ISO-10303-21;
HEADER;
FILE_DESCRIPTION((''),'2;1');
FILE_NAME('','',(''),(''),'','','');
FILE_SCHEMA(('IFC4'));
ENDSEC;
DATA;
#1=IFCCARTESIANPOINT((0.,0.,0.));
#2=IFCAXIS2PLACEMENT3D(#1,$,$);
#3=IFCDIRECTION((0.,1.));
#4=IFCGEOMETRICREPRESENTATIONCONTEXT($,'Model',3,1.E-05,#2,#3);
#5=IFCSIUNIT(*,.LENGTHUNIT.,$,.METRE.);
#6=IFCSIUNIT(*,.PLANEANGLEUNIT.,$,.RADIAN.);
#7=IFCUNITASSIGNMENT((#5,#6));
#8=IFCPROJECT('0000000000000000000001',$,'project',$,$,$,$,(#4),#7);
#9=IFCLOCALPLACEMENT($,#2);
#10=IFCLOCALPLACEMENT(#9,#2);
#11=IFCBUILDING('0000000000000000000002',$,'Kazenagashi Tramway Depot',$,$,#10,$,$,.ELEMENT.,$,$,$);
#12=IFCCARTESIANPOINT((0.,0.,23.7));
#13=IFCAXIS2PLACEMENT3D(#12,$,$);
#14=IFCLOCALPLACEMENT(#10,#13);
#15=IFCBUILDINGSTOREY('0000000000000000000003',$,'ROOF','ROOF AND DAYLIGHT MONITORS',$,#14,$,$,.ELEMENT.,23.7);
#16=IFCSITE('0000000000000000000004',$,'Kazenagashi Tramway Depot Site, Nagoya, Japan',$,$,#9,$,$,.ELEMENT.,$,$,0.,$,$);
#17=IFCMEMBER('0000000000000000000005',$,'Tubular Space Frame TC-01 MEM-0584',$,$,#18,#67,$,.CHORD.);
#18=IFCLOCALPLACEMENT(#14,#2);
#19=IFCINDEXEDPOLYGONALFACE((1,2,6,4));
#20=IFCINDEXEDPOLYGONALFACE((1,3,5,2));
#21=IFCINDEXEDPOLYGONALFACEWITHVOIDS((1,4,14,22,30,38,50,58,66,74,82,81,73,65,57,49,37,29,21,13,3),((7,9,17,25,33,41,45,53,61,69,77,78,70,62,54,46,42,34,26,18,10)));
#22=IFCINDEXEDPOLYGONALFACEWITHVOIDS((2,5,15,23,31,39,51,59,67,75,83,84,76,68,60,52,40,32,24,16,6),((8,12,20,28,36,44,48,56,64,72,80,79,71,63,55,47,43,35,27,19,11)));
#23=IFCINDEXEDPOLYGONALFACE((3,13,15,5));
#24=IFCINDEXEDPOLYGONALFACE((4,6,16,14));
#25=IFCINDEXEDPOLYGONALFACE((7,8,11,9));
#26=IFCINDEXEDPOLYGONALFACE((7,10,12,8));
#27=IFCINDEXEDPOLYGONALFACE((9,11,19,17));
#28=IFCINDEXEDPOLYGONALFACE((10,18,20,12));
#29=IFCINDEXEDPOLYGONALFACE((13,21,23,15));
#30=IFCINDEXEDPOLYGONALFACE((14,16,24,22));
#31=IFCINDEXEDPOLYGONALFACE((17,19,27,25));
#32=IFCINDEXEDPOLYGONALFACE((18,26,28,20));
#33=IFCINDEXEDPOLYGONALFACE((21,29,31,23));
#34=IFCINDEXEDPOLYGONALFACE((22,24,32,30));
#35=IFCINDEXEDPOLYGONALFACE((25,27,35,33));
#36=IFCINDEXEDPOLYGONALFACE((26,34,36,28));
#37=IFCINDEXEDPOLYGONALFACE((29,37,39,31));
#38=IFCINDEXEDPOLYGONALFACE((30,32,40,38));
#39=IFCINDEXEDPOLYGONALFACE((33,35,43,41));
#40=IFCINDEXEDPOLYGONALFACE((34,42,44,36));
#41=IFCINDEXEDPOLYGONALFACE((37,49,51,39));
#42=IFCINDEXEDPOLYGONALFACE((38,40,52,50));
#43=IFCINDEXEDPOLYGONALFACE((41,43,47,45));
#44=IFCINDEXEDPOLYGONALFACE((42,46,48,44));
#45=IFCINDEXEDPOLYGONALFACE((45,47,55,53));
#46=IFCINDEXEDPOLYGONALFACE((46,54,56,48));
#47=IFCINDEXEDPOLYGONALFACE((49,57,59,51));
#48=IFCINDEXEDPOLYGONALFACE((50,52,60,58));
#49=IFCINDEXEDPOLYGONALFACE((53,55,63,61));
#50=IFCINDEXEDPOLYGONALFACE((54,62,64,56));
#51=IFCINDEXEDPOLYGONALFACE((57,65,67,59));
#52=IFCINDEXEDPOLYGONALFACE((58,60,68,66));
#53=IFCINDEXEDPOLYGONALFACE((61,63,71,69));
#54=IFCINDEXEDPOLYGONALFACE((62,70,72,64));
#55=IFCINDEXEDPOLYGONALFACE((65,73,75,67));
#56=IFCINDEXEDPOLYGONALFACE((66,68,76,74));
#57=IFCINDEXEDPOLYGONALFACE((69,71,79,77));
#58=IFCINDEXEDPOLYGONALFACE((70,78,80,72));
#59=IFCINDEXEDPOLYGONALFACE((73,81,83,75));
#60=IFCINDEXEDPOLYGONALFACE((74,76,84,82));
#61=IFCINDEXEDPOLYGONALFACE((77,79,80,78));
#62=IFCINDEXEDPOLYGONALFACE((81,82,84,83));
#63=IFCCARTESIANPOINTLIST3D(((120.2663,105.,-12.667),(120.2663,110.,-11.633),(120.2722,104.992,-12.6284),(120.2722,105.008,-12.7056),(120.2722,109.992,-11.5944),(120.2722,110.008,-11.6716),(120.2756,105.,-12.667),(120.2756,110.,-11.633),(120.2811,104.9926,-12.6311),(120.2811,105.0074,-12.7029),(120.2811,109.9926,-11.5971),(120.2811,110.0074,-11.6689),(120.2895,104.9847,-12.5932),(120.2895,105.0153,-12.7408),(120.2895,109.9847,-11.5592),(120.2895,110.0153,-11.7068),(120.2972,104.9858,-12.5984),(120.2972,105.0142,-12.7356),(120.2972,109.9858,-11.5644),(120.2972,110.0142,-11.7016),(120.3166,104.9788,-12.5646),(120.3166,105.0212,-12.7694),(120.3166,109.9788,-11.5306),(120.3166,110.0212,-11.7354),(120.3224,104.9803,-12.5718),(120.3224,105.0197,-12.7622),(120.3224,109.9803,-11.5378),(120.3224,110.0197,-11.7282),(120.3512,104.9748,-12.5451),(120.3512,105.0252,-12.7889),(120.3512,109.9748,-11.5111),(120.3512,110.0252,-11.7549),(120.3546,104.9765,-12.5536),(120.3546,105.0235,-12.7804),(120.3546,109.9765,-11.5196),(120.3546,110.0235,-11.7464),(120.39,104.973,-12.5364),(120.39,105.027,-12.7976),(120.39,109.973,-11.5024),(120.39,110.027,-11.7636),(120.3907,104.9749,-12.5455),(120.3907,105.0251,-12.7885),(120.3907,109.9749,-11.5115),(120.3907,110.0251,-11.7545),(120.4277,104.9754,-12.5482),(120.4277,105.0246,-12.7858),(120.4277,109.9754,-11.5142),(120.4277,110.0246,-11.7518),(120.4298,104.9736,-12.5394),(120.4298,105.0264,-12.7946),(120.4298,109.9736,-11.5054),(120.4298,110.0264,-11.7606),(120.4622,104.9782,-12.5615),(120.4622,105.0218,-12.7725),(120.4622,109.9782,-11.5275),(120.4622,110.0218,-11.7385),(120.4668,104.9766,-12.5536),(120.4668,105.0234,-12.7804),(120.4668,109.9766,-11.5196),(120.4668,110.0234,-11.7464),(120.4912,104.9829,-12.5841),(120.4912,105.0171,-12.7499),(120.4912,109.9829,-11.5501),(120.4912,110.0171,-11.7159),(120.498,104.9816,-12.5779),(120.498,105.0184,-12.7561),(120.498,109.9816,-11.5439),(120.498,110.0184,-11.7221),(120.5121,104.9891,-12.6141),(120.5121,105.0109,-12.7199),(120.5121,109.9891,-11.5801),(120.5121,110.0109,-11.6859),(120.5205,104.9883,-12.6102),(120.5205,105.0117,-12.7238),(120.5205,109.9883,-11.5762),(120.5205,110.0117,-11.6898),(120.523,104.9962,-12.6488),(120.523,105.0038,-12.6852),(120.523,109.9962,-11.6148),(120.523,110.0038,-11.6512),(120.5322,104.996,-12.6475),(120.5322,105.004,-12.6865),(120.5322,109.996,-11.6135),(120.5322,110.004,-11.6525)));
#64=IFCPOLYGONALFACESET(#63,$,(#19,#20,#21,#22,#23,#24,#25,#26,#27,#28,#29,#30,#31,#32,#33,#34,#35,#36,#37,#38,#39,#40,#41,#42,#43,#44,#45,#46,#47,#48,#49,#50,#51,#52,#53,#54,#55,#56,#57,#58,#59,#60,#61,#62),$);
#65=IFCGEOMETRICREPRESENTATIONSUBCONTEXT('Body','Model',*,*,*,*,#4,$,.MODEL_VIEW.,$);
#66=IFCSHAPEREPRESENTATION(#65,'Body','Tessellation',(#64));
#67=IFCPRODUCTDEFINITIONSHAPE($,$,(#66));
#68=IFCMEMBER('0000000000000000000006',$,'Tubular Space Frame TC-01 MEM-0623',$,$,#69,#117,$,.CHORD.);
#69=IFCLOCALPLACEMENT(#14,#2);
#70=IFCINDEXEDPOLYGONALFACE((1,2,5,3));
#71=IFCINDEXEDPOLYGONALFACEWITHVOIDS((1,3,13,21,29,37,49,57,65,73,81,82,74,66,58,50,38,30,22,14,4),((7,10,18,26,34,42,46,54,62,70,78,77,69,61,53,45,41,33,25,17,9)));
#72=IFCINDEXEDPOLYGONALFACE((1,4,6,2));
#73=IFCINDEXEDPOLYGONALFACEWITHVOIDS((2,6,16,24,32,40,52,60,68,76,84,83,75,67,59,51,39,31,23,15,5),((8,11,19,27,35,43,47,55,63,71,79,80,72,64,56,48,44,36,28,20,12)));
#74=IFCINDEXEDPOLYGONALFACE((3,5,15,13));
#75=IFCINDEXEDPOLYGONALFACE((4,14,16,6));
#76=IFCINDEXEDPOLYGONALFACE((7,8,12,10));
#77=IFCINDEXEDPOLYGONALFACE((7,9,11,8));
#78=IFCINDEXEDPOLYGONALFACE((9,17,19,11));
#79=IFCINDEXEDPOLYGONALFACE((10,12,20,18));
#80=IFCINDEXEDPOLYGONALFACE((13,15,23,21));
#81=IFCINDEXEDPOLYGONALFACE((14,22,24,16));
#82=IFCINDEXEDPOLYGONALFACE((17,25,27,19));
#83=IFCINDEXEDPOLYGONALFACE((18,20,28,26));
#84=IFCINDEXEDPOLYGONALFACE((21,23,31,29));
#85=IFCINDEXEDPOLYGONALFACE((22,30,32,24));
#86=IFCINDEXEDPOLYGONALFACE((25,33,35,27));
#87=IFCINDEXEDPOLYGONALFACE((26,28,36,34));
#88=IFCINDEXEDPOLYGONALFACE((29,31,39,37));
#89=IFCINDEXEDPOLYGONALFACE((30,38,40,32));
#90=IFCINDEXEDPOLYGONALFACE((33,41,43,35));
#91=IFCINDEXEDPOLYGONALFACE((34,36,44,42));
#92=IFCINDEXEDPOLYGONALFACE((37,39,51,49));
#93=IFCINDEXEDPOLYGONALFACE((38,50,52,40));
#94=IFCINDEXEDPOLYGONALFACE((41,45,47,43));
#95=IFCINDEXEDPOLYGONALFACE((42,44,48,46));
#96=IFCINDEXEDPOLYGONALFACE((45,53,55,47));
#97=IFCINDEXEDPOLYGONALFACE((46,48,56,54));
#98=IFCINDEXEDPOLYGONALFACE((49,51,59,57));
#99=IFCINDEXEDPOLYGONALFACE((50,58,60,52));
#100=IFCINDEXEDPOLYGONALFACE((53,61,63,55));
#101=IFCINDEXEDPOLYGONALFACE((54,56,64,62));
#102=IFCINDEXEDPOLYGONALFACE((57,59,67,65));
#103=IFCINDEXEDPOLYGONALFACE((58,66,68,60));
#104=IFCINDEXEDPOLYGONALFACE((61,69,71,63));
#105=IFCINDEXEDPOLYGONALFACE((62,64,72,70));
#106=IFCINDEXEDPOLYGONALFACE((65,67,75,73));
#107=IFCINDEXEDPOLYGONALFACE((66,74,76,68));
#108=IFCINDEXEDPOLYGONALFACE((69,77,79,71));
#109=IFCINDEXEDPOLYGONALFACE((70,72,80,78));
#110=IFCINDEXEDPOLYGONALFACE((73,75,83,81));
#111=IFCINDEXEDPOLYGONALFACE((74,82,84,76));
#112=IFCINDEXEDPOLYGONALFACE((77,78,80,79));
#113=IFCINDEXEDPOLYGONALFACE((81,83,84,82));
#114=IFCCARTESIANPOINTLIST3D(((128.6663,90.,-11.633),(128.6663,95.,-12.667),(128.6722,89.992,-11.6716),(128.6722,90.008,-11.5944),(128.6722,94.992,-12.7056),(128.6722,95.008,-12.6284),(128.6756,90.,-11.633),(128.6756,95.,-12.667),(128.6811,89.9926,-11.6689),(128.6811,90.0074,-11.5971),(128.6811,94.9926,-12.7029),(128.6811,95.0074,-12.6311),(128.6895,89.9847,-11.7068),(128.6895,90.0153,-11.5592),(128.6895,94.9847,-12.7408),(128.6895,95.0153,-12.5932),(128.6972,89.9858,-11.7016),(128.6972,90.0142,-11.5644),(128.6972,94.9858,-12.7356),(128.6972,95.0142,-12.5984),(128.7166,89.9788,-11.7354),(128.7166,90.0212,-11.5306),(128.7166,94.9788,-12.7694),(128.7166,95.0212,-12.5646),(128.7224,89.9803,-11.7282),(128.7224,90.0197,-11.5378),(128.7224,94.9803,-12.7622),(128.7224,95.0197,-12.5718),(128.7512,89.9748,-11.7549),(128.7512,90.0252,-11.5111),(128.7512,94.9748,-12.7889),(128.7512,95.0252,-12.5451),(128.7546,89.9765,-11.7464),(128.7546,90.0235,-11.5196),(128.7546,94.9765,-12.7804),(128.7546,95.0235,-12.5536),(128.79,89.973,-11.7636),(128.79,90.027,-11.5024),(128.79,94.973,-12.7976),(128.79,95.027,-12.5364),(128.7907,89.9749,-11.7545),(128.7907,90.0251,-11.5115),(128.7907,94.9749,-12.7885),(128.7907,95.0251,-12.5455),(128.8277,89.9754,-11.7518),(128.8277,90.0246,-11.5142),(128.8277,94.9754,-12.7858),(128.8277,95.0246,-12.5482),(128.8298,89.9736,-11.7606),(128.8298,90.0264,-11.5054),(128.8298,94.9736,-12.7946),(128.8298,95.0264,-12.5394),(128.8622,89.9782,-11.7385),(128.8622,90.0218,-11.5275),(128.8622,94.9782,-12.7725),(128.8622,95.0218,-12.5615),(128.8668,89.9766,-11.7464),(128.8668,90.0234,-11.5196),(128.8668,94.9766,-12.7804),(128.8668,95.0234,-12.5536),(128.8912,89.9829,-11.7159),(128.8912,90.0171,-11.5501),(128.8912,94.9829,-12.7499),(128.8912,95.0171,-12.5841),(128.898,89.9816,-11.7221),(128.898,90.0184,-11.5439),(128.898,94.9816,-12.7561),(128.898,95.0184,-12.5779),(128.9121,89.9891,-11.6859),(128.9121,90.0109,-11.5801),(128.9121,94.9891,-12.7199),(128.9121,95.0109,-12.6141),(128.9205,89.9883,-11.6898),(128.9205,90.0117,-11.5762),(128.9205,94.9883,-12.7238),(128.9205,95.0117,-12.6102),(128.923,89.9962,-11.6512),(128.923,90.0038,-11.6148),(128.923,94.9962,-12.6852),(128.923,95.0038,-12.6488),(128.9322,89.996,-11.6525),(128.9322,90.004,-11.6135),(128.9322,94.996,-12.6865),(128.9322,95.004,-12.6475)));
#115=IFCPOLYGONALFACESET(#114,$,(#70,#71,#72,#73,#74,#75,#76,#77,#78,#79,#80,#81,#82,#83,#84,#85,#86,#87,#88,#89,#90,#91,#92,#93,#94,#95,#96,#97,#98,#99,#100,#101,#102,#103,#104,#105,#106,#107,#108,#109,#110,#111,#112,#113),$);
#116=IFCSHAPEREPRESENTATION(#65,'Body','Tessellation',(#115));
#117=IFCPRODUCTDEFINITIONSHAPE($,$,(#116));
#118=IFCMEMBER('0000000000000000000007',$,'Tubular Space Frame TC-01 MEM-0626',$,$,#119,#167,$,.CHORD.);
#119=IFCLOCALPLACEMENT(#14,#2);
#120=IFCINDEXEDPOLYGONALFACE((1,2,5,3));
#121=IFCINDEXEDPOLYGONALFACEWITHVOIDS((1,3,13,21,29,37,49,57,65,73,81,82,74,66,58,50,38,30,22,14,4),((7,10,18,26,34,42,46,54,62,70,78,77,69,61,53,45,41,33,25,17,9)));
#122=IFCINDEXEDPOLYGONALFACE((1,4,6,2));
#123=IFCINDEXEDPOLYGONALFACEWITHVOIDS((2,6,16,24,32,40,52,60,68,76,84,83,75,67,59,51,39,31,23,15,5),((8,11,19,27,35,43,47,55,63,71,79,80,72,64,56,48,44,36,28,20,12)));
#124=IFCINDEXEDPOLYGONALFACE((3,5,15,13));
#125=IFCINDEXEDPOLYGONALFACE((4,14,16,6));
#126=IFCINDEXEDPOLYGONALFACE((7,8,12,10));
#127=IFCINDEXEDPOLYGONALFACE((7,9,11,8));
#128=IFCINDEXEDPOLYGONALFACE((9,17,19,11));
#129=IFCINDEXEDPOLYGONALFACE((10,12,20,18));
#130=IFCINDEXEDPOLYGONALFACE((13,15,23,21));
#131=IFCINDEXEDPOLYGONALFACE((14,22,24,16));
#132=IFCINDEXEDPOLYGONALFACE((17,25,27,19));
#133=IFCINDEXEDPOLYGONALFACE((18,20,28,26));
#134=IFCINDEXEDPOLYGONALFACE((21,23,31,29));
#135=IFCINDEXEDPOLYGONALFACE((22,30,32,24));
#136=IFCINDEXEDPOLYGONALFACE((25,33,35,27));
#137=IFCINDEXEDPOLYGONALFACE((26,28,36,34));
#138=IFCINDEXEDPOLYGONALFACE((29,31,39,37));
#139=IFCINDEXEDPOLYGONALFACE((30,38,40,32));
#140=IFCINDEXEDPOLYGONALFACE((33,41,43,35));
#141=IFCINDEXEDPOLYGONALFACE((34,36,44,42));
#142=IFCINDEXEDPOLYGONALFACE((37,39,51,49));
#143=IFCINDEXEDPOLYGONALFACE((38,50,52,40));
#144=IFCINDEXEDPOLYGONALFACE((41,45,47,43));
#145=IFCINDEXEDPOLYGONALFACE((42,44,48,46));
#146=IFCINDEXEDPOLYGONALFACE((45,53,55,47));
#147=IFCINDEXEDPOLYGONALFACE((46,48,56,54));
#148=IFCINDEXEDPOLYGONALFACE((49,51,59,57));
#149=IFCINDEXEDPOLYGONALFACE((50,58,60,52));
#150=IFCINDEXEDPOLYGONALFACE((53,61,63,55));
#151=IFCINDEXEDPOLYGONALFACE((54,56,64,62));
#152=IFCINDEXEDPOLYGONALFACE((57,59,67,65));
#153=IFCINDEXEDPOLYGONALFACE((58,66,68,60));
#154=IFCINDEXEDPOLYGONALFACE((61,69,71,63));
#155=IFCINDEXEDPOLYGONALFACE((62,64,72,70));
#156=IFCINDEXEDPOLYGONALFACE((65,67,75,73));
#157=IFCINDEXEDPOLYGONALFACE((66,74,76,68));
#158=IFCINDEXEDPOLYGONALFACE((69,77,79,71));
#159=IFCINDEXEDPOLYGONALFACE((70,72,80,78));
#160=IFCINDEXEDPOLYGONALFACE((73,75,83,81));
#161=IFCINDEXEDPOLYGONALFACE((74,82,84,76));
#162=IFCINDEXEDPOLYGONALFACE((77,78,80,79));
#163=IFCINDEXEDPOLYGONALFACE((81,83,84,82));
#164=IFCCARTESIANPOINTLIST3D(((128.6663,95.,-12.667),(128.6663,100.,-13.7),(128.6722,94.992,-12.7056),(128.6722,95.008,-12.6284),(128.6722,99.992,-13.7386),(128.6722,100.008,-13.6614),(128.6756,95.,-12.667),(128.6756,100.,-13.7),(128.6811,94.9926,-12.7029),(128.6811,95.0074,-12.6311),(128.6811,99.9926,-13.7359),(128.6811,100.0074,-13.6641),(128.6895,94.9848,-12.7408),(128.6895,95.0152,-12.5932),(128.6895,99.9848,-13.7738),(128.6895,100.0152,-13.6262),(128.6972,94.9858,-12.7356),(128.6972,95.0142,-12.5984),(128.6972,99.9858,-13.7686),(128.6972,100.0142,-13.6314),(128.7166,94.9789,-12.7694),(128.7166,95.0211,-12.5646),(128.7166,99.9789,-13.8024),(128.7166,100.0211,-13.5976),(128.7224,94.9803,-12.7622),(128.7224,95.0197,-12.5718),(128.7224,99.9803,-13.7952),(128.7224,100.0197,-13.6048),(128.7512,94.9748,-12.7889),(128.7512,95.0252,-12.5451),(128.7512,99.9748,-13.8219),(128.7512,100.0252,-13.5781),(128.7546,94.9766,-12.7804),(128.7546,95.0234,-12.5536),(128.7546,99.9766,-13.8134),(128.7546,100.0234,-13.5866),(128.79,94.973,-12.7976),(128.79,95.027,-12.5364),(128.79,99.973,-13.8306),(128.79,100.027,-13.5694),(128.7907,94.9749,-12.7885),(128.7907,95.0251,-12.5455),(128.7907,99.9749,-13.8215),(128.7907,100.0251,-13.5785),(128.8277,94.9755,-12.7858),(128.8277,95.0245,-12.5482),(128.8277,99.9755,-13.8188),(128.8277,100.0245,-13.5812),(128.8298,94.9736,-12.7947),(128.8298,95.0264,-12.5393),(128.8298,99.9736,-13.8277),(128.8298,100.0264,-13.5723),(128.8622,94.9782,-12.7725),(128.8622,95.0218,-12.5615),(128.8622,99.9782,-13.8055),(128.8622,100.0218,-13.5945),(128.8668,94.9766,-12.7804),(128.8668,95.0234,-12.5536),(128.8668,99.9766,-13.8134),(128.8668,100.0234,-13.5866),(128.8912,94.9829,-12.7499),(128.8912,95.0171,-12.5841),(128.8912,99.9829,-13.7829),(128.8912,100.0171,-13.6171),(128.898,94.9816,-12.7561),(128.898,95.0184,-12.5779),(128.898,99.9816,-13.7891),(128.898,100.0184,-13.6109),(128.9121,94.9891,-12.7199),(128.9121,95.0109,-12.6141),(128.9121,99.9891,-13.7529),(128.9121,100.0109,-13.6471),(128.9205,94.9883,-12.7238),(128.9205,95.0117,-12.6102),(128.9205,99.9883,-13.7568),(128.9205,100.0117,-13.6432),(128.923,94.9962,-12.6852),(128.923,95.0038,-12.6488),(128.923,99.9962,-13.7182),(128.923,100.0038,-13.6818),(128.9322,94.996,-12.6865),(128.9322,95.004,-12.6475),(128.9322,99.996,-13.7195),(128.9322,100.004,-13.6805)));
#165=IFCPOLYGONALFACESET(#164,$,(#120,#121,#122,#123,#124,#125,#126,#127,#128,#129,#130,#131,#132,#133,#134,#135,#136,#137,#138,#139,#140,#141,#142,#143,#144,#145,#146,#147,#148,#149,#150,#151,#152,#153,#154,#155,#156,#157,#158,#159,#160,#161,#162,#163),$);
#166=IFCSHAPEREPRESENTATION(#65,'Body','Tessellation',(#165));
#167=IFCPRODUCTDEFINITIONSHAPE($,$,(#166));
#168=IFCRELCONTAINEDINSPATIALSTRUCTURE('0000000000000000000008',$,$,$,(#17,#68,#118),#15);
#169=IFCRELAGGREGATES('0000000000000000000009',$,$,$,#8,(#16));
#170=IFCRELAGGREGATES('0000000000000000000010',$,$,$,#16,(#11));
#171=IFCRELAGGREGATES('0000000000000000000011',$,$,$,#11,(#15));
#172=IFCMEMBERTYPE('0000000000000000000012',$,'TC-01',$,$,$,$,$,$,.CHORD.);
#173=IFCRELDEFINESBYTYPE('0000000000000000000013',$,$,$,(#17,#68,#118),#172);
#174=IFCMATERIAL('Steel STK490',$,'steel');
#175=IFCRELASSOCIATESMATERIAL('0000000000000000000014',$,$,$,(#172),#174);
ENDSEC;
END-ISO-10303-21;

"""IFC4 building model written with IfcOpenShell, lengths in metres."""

from ifc_helpers import new_model, si_unit, direction, frame, origin, origin_2d, place, context, subcontext, project, spatial, hollow_circle, extrude, material, material_profile, profile_set, type_object, element, save


model = new_model("IFC4")

# Units and contexts
model_context = context("Model", 3, precision=1e-05, world=origin(), true_north=direction((0.0, 1.0)))
body_context = subcontext(model_context, "Body", "Model", "MODEL_VIEW")
ifc_project = project(units=[si_unit("LENGTHUNIT", "METRE"), si_unit("PLANEANGLEUNIT", "RADIAN")], contexts=[model_context])

# Site, building, storey
site_placement = place(None, origin())
site = spatial("IfcSite", under=ifc_project, at=site_placement, Name="Kazenagashi Tramway Depot Site, Nagoya, Japan", CompositionType="ELEMENT", RefElevation=0.0)
building_placement = place(site_placement, origin())
building = spatial("IfcBuilding", under=site, at=building_placement, Name="Kazenagashi Tramway Depot", CompositionType="ELEMENT")
storey_placement = place(building_placement, frame((0.0, 0.0, 23.7)))
storey = spatial("IfcBuildingStorey", under=building, at=storey_placement, Name="ROOF", Description="ROOF AND DAYLIGHT MONITORS", CompositionType="ELEMENT", Elevation=23.7)

# Members
ifc_material_1 = material(Name="Steel STK490", Category="steel")
ifc_material_profile_1 = material_profile(ifc_material_1, hollow_circle(Radius=0.1337, WallThickness=0.0093, at=origin_2d()), Name="CHS-267.4x9.3")
ifc_profile_set_1 = profile_set([ifc_material_profile_1], Name="Steel STK490")
member_type_1 = type_object("IfcMemberType", Name="TC-01", PredefinedType="CHORD", material=ifc_profile_set_1)
for number, where, z_axis, x_axis, name in (
    (1, (120.4, 105.0, -12.667), (0.0, 0.979279, 0.202515), (-1.0, 0.0, 0.0), "Tubular Space Frame TC-01 MEM-0584"),
    (2, (128.8, 90.0, -11.633), (0.0, 0.979279, -0.202515), (-1.0, 0.0, 0.0), "Tubular Space Frame TC-01 MEM-0623"),
):
    element("IfcMember", number, at=place(storey_placement, frame(where, z_axis=z_axis, x_axis=x_axis)), inside=storey, type_object=member_type_1, Name=name, PredefinedType="CHORD", context=body_context, shape_type="SweptSolid", body=[
        extrude(hollow_circle(Radius=0.1337, WallThickness=0.0093, at=origin_2d()), origin(), (0.0, 0.0, 1.0), 5.1058),
    ])
for number, where, z_axis, x_axis, name in (
    (3, (128.8, 95.0, -12.667), (0.0, 0.979318, -0.202327), (-1.0, 0.0, 0.0), "Tubular Space Frame TC-01 MEM-0626"),
):
    element("IfcMember", number, at=place(storey_placement, frame(where, z_axis=z_axis, x_axis=x_axis)), inside=storey, type_object=member_type_1, Name=name, PredefinedType="CHORD", context=body_context, shape_type="SweptSolid", body=[
        extrude(hollow_circle(Radius=0.1337, WallThickness=0.0093, at=origin_2d()), origin(), (0.0, 0.0, 1.0), 5.1056),
    ])

save(model, "model.ifc")
